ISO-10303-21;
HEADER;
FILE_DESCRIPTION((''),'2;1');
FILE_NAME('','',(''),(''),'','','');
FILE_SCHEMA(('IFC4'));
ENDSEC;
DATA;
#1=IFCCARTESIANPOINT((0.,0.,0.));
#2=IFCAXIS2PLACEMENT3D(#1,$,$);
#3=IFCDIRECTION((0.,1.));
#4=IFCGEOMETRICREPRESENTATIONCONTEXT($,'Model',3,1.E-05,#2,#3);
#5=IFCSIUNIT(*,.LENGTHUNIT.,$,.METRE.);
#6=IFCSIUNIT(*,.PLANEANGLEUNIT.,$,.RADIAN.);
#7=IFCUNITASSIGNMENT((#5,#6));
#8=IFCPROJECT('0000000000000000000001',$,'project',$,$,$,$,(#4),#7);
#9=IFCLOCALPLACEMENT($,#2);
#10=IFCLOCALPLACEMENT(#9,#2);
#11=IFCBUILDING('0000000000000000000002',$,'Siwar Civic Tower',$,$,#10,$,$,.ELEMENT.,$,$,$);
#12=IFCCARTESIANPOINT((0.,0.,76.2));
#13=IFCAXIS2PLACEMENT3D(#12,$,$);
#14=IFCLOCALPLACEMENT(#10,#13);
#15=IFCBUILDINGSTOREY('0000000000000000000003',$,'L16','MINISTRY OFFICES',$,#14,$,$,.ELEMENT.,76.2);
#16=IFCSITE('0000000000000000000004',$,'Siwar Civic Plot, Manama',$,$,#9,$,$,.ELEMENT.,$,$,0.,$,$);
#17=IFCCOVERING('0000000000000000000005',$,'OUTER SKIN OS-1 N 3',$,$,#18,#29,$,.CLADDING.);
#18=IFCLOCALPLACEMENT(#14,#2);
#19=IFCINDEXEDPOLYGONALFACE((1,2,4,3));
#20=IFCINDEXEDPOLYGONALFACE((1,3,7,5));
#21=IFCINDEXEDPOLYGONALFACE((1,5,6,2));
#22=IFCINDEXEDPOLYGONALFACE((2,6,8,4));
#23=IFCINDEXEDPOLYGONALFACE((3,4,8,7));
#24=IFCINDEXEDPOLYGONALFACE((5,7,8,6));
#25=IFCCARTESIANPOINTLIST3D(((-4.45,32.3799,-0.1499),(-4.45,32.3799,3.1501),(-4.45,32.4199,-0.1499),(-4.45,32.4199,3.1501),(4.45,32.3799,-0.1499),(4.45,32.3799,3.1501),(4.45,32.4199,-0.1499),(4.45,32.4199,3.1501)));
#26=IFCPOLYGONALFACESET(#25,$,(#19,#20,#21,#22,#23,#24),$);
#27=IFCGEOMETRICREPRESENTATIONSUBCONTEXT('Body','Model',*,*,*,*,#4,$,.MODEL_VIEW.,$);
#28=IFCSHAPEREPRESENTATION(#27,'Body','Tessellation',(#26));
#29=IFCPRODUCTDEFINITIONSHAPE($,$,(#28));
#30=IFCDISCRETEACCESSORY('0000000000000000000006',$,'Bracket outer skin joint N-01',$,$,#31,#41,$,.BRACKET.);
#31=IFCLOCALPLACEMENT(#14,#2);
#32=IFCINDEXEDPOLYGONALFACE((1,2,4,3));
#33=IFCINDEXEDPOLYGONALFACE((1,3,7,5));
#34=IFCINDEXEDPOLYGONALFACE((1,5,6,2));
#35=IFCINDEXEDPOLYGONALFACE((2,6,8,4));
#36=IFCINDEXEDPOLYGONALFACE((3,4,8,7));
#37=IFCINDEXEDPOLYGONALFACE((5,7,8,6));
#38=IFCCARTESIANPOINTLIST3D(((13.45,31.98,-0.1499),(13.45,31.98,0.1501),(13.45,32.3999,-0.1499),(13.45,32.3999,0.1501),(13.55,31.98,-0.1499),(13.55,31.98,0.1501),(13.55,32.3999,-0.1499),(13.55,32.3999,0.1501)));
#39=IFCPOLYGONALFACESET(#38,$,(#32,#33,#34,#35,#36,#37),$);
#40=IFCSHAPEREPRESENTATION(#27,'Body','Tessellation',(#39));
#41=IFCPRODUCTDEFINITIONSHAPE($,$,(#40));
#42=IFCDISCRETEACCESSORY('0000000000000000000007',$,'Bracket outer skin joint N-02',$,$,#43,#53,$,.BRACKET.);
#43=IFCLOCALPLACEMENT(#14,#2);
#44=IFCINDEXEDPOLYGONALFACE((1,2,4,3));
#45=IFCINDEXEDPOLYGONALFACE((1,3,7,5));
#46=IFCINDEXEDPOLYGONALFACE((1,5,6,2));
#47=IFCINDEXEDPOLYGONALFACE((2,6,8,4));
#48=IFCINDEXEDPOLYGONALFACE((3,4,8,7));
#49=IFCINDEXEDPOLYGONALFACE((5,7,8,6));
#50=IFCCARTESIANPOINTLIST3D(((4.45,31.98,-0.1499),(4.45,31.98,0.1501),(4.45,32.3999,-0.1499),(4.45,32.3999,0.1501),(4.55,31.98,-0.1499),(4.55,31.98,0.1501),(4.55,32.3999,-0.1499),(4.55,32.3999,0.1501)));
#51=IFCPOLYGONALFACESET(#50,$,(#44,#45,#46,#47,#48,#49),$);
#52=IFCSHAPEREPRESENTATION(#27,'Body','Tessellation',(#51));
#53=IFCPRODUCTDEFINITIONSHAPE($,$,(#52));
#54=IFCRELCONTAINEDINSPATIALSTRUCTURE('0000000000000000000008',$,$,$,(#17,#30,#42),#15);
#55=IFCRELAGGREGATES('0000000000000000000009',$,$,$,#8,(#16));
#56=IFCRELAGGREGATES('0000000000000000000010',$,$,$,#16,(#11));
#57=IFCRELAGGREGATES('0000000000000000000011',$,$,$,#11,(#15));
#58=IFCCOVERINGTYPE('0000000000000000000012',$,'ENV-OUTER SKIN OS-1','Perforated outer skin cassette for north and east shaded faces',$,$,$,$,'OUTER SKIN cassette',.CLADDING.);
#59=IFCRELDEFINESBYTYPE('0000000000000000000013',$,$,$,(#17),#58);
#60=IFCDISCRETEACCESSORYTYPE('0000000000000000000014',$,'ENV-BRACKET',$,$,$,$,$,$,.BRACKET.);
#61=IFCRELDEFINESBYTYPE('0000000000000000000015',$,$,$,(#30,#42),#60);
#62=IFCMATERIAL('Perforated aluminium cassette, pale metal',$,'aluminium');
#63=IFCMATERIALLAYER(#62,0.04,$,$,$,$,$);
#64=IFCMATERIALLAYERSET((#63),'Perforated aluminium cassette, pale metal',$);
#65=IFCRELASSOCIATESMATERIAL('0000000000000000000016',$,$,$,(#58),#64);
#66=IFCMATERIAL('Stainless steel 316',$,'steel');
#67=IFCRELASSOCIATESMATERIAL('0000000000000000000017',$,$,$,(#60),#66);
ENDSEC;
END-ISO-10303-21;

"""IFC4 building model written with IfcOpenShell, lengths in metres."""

from ifc_helpers import new_model, si_unit, direction, frame, origin, origin_2d, place, context, subcontext, project, spatial, rectangle, extrude, material, layer, layer_set, type_object, element, save


model = new_model("IFC4")

# Units and contexts
model_context = context("Model", 3, precision=1e-05, world=origin(), true_north=direction((0.0, 1.0)))
body_context = subcontext(model_context, "Body", "Model", "MODEL_VIEW")
ifc_project = project(units=[si_unit("LENGTHUNIT", "METRE"), si_unit("PLANEANGLEUNIT", "RADIAN")], contexts=[model_context])

# Site, building, storey
site_placement = place(None, origin())
site = spatial("IfcSite", under=ifc_project, at=site_placement, Name="Siwar Civic Plot, Manama", CompositionType="ELEMENT", RefElevation=0.0)
building_placement = place(site_placement, origin())
building = spatial("IfcBuilding", under=site, at=building_placement, Name="Siwar Civic Tower", CompositionType="ELEMENT")
storey_placement = place(building_placement, frame((0.0, 0.0, 76.2)))
storey = spatial("IfcBuildingStorey", under=building, at=storey_placement, Name="L16", Description="MINISTRY OFFICES", CompositionType="ELEMENT", Elevation=76.2)

# Covering
ifc_material_1 = material(Name="Perforated aluminium cassette, pale metal", Category="aluminium")
ifc_layer_1 = layer(ifc_material_1, 0.04)
ifc_layer_set_1 = layer_set([ifc_layer_1], Name="Perforated aluminium cassette, pale metal")
covering_type = type_object("IfcCoveringType", Name="ENV-OUTER SKIN OS-1", Description="Perforated outer skin cassette for north and east shaded faces", ElementType="OUTER SKIN cassette", PredefinedType="CLADDING", material=ifc_layer_set_1)
for number, where, z_axis, x_axis, name in (
    (1, (0.0, 32.3999, -0.1499), (0.0, 0.0, 1.0), (-1.0, 0.0, 0.0), "OUTER SKIN OS-1 N 3"),
):
    element("IfcCovering", number, at=place(storey_placement, frame(where, z_axis=z_axis, x_axis=x_axis)), inside=storey, type_object=covering_type, Name=name, PredefinedType="CLADDING", context=body_context, shape_type="SweptSolid", body=[
        extrude(rectangle(XDim=8.8999, YDim=0.04, at=origin_2d()), origin(), (0.0, 0.0, 1.0), 3.3),
    ])

# Discrete accessories
ifc_material_2 = material(Name="Stainless steel 316", Category="steel")
discrete_accessory_type = type_object("IfcDiscreteAccessoryType", Name="ENV-BRACKET", PredefinedType="BRACKET", material=ifc_material_2)
for number, where, z_axis, x_axis, name in (
    (2, (13.5, 32.1899, -0.1499), (0.0, 0.0, 1.0), (0.0, 1.0, 0.0), "Bracket outer skin joint N-01"),
    (3, (4.5, 32.1899, -0.1499), (0.0, 0.0, 1.0), (0.0, 1.0, 0.0), "Bracket outer skin joint N-02"),
):
    element("IfcDiscreteAccessory", number, at=place(storey_placement, frame(where, z_axis=z_axis, x_axis=x_axis)), inside=storey, type_object=discrete_accessory_type, Name=name, PredefinedType="BRACKET", context=body_context, shape_type="SweptSolid", body=[
        extrude(rectangle(XDim=0.4199, YDim=0.1001, at=origin_2d()), origin(), (0.0, 0.0, 1.0), 0.3),
    ])

save(model, "model.ifc")
